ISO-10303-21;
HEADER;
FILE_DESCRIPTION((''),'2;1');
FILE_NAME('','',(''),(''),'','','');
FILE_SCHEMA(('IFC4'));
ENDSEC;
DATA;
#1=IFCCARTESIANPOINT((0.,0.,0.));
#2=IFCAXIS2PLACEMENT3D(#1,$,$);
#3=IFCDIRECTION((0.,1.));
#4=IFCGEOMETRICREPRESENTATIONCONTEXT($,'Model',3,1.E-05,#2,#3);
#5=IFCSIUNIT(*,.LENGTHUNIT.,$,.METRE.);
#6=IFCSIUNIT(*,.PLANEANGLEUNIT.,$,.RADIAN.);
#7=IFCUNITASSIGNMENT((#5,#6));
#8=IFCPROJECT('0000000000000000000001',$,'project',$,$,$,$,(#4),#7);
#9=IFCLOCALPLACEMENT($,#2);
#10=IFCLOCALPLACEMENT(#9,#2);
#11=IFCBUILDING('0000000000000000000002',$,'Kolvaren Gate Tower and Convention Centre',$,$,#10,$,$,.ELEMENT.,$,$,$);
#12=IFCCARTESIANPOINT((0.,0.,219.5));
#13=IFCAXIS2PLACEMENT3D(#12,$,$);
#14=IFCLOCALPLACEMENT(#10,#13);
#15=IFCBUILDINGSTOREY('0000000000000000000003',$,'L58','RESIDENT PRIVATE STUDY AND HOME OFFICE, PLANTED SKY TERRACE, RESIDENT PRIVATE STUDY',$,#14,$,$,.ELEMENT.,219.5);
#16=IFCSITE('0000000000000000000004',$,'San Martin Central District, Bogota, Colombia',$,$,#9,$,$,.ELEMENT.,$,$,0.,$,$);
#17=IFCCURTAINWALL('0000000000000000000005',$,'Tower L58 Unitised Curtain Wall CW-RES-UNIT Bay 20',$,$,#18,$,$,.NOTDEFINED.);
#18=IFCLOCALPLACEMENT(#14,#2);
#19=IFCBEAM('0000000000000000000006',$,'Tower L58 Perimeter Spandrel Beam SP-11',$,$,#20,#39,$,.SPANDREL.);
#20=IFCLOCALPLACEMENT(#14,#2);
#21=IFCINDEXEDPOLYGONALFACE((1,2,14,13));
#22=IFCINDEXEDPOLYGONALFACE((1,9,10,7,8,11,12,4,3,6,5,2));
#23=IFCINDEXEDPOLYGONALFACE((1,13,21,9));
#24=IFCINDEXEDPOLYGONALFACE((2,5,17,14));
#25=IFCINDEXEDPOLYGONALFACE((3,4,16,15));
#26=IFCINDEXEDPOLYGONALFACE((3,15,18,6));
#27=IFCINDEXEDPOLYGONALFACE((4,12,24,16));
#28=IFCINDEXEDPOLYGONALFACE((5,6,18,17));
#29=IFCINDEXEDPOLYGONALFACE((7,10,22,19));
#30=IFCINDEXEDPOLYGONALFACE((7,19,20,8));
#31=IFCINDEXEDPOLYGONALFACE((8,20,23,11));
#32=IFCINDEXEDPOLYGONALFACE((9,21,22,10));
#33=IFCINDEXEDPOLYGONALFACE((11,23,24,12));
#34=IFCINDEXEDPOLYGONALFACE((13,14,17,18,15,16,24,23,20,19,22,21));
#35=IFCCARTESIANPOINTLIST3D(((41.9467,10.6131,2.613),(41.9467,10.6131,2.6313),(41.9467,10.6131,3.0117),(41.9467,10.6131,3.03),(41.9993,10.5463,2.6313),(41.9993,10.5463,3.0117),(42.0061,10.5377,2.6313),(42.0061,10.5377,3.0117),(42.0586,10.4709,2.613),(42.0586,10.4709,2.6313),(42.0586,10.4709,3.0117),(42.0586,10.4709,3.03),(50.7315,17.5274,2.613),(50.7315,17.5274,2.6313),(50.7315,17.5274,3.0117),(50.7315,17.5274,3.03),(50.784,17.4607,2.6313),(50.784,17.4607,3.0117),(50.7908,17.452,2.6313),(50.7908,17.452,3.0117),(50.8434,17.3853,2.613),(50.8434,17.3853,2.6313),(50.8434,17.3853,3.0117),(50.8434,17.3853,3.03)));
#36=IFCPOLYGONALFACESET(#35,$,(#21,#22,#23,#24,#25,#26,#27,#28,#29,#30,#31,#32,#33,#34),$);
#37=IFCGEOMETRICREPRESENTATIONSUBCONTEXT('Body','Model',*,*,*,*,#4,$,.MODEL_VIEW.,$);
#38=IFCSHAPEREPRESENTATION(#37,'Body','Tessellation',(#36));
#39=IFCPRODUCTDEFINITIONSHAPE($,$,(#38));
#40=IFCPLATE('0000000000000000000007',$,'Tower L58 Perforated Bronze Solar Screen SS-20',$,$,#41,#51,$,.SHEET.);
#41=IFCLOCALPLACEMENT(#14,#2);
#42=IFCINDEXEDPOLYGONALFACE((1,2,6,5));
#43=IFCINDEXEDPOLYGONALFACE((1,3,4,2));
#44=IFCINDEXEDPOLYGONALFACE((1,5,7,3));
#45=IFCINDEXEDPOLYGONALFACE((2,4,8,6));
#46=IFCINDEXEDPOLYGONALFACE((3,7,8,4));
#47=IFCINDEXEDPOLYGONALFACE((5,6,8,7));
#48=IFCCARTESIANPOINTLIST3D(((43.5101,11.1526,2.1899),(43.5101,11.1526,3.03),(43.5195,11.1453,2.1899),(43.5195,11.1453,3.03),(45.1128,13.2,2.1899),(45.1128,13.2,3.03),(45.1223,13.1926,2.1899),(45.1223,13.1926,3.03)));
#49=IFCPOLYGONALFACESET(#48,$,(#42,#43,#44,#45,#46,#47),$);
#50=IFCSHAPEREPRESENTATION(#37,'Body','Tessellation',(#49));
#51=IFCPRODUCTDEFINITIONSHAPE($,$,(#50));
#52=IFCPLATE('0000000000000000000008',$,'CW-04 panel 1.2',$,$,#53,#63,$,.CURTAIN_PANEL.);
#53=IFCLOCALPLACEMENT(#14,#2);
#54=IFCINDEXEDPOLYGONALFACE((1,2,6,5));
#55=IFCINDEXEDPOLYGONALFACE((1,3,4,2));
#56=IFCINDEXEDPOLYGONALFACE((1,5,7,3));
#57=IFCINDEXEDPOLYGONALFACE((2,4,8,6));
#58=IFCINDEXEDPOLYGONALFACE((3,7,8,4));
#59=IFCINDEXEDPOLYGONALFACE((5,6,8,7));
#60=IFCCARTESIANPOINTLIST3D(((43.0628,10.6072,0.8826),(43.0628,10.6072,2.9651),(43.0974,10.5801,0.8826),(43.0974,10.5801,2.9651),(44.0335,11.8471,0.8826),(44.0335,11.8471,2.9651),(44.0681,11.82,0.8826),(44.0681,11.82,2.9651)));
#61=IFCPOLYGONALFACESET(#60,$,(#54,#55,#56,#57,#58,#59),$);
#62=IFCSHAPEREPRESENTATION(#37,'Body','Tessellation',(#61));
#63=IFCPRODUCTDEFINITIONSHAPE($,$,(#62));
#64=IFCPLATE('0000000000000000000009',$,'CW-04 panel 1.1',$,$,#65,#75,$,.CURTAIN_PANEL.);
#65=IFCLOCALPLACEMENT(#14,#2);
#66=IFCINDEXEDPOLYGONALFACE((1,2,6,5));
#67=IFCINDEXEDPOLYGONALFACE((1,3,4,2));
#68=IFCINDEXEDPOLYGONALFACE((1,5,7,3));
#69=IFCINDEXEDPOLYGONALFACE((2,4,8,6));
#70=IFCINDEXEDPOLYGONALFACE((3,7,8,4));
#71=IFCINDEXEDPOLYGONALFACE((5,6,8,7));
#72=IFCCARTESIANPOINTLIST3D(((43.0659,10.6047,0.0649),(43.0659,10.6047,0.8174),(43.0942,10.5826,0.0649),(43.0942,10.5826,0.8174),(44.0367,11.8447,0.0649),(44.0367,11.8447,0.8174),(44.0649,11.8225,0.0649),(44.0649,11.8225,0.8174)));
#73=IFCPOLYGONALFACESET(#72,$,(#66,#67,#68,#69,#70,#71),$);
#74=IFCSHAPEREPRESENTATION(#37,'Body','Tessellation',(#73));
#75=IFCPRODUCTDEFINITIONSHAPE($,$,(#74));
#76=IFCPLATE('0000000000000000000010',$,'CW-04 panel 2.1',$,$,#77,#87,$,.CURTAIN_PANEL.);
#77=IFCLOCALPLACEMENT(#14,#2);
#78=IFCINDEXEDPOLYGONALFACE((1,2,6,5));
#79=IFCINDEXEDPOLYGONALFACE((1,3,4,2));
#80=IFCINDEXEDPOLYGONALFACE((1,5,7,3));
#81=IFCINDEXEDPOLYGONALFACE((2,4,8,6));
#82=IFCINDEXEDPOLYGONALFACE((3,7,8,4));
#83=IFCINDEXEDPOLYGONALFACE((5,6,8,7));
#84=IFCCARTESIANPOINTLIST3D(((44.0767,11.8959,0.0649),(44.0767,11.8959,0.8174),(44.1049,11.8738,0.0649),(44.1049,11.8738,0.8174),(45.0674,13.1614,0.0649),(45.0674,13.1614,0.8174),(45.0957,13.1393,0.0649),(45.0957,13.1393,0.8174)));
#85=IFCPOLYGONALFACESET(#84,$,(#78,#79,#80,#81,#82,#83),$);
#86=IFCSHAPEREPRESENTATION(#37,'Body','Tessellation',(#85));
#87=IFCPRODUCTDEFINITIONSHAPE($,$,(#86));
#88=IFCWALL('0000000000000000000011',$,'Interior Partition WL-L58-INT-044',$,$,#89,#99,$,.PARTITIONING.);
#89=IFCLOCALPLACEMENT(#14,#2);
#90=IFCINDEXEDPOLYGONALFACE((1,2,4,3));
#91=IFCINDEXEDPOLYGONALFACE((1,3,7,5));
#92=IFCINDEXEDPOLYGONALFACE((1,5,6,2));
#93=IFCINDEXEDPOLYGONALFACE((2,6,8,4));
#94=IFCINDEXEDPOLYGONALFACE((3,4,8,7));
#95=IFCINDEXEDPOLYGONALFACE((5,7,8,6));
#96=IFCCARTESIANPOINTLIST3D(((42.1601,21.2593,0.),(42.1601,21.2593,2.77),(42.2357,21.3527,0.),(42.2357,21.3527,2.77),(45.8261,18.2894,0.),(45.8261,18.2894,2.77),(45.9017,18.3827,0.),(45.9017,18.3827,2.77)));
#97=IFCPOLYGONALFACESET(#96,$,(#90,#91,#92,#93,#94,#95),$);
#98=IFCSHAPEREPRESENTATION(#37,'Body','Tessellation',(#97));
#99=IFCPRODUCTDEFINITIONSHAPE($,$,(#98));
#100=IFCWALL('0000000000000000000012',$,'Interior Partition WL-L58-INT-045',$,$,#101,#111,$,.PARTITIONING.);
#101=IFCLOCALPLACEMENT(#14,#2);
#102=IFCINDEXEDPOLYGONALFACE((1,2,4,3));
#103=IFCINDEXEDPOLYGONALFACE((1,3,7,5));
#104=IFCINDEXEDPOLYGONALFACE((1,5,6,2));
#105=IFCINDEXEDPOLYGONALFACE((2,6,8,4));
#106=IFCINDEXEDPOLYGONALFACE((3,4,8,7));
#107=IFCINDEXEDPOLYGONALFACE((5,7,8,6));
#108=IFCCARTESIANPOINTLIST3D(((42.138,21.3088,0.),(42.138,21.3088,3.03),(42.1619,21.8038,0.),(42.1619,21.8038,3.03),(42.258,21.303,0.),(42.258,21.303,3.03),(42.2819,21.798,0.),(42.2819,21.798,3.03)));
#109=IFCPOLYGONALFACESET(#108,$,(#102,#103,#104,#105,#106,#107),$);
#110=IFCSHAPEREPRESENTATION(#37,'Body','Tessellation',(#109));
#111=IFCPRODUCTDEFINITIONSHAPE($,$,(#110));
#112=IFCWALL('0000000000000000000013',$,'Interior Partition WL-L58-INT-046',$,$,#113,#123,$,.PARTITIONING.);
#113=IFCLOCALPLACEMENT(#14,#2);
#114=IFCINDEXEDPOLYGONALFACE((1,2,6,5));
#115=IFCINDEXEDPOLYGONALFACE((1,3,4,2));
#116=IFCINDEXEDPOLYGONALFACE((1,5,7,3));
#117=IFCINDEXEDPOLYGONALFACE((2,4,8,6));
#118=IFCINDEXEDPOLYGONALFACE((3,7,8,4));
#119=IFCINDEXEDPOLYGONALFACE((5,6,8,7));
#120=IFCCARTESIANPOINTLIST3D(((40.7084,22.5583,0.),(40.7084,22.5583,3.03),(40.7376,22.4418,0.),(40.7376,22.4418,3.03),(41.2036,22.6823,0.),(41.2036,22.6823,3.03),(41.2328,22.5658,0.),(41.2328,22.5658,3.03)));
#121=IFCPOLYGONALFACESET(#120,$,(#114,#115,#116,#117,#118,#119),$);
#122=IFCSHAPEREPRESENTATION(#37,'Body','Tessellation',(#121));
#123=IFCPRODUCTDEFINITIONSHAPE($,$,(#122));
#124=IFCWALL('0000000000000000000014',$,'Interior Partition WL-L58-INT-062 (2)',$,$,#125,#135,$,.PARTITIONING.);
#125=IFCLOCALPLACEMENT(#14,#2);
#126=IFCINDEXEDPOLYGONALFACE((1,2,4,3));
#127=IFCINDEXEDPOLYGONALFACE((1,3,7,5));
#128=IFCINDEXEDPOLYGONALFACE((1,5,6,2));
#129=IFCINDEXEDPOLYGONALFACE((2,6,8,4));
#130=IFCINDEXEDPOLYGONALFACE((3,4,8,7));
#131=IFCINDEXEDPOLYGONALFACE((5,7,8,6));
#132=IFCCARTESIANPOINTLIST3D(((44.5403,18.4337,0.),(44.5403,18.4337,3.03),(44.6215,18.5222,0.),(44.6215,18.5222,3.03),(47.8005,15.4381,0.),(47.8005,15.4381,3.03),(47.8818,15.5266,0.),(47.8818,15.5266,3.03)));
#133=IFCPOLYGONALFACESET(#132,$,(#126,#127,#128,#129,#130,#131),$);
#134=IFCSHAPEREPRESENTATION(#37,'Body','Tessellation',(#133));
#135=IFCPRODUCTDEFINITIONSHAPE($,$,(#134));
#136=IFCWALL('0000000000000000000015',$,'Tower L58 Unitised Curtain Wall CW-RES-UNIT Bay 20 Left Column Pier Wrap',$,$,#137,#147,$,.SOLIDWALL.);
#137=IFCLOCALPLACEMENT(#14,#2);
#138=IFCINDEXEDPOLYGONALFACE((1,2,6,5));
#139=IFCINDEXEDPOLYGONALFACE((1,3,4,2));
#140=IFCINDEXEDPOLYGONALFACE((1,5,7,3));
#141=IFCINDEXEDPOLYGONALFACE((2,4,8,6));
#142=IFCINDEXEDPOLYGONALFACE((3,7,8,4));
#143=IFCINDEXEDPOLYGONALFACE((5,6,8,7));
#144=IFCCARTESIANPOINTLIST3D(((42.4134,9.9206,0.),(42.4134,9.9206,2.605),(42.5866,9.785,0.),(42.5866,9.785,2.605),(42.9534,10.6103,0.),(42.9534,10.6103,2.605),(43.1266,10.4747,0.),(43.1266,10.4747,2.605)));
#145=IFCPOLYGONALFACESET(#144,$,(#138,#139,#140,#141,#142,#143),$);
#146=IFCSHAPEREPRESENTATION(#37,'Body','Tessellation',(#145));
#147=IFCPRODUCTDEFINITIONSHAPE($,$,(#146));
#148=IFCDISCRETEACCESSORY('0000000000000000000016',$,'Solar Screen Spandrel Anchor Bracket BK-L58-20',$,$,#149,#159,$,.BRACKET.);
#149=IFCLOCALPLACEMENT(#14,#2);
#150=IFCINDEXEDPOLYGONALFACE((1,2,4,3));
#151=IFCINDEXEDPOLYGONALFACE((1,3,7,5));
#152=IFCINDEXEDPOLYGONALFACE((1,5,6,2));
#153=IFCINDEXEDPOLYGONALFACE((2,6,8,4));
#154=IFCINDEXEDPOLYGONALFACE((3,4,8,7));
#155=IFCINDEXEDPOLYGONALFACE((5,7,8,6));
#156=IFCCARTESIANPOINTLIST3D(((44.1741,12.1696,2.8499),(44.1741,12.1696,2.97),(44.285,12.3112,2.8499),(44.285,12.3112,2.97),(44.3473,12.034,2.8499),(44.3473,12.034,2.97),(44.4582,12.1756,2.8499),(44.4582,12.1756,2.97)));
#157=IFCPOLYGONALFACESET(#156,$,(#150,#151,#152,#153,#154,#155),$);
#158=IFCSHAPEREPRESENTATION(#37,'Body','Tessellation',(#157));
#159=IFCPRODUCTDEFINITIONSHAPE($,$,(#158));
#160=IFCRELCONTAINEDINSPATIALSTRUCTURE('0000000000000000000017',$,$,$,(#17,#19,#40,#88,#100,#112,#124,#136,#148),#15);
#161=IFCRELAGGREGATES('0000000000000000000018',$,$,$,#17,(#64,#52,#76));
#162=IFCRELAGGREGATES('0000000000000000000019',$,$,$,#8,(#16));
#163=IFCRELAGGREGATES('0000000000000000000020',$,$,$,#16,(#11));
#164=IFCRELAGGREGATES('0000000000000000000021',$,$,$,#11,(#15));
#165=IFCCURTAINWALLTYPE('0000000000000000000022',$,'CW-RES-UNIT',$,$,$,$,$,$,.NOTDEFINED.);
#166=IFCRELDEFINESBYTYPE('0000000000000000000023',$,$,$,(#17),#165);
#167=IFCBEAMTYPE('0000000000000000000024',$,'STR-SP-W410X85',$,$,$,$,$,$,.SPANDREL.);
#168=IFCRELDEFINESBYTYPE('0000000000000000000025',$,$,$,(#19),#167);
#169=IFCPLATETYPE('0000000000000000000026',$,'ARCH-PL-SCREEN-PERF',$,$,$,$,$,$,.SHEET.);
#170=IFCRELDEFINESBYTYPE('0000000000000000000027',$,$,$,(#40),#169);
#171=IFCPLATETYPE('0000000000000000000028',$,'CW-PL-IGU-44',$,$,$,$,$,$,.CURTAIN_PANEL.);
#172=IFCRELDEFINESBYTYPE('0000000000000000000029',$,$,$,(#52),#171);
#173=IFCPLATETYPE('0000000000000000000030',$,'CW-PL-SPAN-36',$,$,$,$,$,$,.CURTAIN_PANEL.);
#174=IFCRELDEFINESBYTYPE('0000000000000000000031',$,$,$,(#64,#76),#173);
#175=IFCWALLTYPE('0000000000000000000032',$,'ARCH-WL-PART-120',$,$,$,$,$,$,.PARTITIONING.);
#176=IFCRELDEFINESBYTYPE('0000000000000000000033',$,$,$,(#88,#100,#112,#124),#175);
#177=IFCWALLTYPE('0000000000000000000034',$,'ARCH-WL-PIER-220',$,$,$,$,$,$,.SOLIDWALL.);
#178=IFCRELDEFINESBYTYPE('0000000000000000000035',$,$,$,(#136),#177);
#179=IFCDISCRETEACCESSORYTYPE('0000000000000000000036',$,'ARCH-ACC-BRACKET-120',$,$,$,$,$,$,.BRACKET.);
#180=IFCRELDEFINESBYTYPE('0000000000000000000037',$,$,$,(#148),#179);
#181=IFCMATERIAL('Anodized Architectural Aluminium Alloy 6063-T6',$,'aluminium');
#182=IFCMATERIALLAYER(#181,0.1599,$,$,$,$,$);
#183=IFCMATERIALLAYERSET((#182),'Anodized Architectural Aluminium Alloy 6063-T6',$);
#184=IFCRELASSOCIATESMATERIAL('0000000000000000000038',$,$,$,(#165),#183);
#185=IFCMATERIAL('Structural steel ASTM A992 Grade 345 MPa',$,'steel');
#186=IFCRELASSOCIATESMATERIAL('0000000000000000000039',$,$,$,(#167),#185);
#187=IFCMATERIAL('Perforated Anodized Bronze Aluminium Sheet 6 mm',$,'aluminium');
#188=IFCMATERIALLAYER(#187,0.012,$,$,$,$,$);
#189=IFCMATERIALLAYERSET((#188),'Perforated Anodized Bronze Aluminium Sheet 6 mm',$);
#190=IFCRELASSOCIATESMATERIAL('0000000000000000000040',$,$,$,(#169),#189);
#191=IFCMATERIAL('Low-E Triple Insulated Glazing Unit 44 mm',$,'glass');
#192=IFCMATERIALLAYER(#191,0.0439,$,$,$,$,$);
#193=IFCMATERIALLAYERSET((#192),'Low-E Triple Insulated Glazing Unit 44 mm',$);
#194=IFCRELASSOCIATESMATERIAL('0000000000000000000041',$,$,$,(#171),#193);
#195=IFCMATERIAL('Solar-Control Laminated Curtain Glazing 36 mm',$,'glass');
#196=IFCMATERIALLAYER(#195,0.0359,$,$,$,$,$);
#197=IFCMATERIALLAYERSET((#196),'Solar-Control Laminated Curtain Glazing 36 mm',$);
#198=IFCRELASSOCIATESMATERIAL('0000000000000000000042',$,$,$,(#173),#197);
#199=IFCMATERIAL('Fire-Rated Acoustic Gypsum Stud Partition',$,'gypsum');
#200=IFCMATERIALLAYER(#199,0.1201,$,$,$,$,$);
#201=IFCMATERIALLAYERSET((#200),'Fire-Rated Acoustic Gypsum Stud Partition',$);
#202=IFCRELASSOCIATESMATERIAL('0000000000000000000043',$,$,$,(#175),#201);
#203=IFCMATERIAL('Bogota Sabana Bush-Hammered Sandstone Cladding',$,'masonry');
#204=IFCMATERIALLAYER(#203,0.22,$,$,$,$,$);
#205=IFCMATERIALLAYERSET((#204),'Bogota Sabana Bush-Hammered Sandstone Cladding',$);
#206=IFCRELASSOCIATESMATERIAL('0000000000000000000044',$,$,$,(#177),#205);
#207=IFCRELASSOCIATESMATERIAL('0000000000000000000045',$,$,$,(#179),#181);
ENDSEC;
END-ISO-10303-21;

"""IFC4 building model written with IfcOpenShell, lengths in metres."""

from ifc_helpers import new_model, si_unit, direction, frame, frame_2d, origin, origin_2d, place, context, subcontext, project, spatial, rectangle, i_section, extrude, material, layer, layer_set, material_profile, profile_set, type_object, element, aggregate, save


model = new_model("IFC4")

# Units and contexts
model_context = context("Model", 3, precision=1e-05, world=origin(), true_north=direction((0.0, 1.0)))
body_context = subcontext(model_context, "Body", "Model", "MODEL_VIEW")
ifc_project = project(units=[si_unit("LENGTHUNIT", "METRE"), si_unit("PLANEANGLEUNIT", "RADIAN")], contexts=[model_context])

# Site, building, storey
site_placement = place(None, origin())
site = spatial("IfcSite", under=ifc_project, at=site_placement, Name="San Martin Central District, Bogota, Colombia", CompositionType="ELEMENT", RefElevation=0.0)
building_placement = place(site_placement, origin())
building = spatial("IfcBuilding", under=site, at=building_placement, Name="Kolvaren Gate Tower and Convention Centre", CompositionType="ELEMENT")
storey_placement = place(building_placement, frame((0.0, 0.0, 219.5)))
storey = spatial("IfcBuildingStorey", under=building, at=storey_placement, Name="L58", Description="RESIDENT PRIVATE STUDY AND HOME OFFICE, PLANTED SKY TERRACE, RESIDENT PRIVATE STUDY", CompositionType="ELEMENT", Elevation=219.5)

# Curtain wall
ifc_material_1 = material(Name="Anodized Architectural Aluminium Alloy 6063-T6", Category="aluminium")
ifc_layer_1 = layer(ifc_material_1, 0.1599)
ifc_layer_set_1 = layer_set([ifc_layer_1], Name="Anodized Architectural Aluminium Alloy 6063-T6")
curtain_wall_type = type_object("IfcCurtainWallType", Name="CW-RES-UNIT", PredefinedType="NOTDEFINED", material=ifc_layer_set_1)
curtain_wall_placement = place(storey_placement, origin())
curtain_wall = element("IfcCurtainWall", 1, at=curtain_wall_placement, inside=storey, type_object=curtain_wall_type, Name="Tower L58 Unitised Curtain Wall CW-RES-UNIT Bay 20", PredefinedType="NOTDEFINED")

# Beam
ifc_material_2 = material(Name="Structural steel ASTM A992 Grade 345 MPa", Category="steel")
ifc_material_profile_1 = material_profile(ifc_material_2, i_section(OverallWidth=0.1809, OverallDepth=0.417, WebThickness=0.011, FlangeThickness=0.0183, at=origin_2d()), Name="W410X85")
ifc_profile_set_1 = profile_set([ifc_material_profile_1], Name="Structural steel ASTM A992 Grade 345 MPa")
beam_type_1 = type_object("IfcBeamType", Name="STR-SP-W410X85", PredefinedType="SPANDREL", material=ifc_profile_set_1)
beam_1_placement = place(storey_placement, frame((42.0027, 10.542, 2.8215), z_axis=(0.785794, 0.618489, 0.0), x_axis=(-0.618489, 0.785794, 0.0)))
element("IfcBeam", 2, at=beam_1_placement, inside=storey, type_object=beam_type_1, Name="Tower L58 Perimeter Spandrel Beam SP-11", PredefinedType="SPANDREL", context=body_context, shape_type="SweptSolid", body=[
    extrude(i_section(OverallWidth=0.1809, OverallDepth=0.417, WebThickness=0.011, FlangeThickness=0.0183, at=origin_2d()), origin(), (0.0, 0.0, 1.0), 11.1794),
])

# Plates
ifc_material_3 = material(Name="Perforated Anodized Bronze Aluminium Sheet 6 mm", Category="aluminium")
ifc_layer_2 = layer(ifc_material_3, 0.012)
ifc_layer_set_2 = layer_set([ifc_layer_2], Name="Perforated Anodized Bronze Aluminium Sheet 6 mm")
plate_type_1 = type_object("IfcPlateType", Name="ARCH-PL-SCREEN-PERF", PredefinedType="SHEET", material=ifc_layer_set_2)
plate_1_placement = place(storey_placement, frame((44.3162, 12.1726, 2.1899), z_axis=(0.0, 0.0, 1.0), x_axis=(0.616434, 0.787406, 0.0)))
element("IfcPlate", 3, at=plate_1_placement, inside=storey, type_object=plate_type_1, Name="Tower L58 Perforated Bronze Solar Screen SS-20", PredefinedType="SHEET", context=body_context, shape_type="SweptSolid", body=[
    extrude(rectangle(XDim=2.6001, YDim=0.012, at=origin_2d()), origin(), (0.0, 0.0, 1.0), 0.8401),
])
ifc_material_4 = material(Name="Low-E Triple Insulated Glazing Unit 44 mm", Category="glass")
ifc_layer_3 = layer(ifc_material_4, 0.0439)
ifc_layer_set_3 = layer_set([ifc_layer_3], Name="Low-E Triple Insulated Glazing Unit 44 mm")
plate_type_2 = type_object("IfcPlateType", Name="CW-PL-IGU-44", PredefinedType="CURTAIN_PANEL", material=ifc_layer_set_3)
plate_2_placement = place(storey_placement, frame((43.5654, 11.2136, 0.8826), z_axis=(0.0, 0.0, 1.0), x_axis=(0.616437, 0.787404, 0.0)))
plate_2 = element("IfcPlate", 4, at=plate_2_placement, type_object=plate_type_2, Name="CW-04 panel 1.2", PredefinedType="CURTAIN_PANEL", context=body_context, shape_type="SweptSolid", body=[
    extrude(rectangle(XDim=1.5747, YDim=0.0439, at=origin_2d()), origin(), (0.0, 0.0, 1.0), 2.0825),
])
ifc_material_5 = material(Name="Solar-Control Laminated Curtain Glazing 36 mm", Category="glass")
ifc_layer_4 = layer(ifc_material_5, 0.0359)
ifc_layer_set_4 = layer_set([ifc_layer_4], Name="Solar-Control Laminated Curtain Glazing 36 mm")
plate_type_3 = type_object("IfcPlateType", Name="CW-PL-SPAN-36", PredefinedType="CURTAIN_PANEL", material=ifc_layer_set_4)
plate_3_placement = place(storey_placement, frame((43.5654, 11.2136, 0.0649), z_axis=(0.0, 0.0, 1.0), x_axis=(0.616437, 0.787404, 0.0)))
plate_3 = element("IfcPlate", 5, at=plate_3_placement, type_object=plate_type_3, Name="CW-04 panel 1.1", PredefinedType="CURTAIN_PANEL", context=body_context, shape_type="SweptSolid", body=[
    extrude(rectangle(XDim=1.5747, YDim=0.0359, at=origin_2d()), origin(), (0.0, 0.0, 1.0), 0.7524),
])
plate_4_placement = place(storey_placement, frame((44.5862, 12.5176, 0.0649), z_axis=(0.0, 0.0, 1.0), x_axis=(0.616437, 0.787404, 0.0)))
plate_4 = element("IfcPlate", 6, at=plate_4_placement, type_object=plate_type_3, Name="CW-04 panel 2.1", PredefinedType="CURTAIN_PANEL", context=body_context, shape_type="SweptSolid", body=[
    extrude(rectangle(XDim=1.6072, YDim=0.0359, at=origin_2d()), origin(), (0.0, 0.0, 1.0), 0.7524),
])
aggregate(curtain_wall, [plate_3, plate_2, plate_4])

# Walls
ifc_material_6 = material(Name="Fire-Rated Acoustic Gypsum Stud Partition", Category="gypsum")
ifc_layer_5 = layer(ifc_material_6, 0.1201)
ifc_layer_set_5 = layer_set([ifc_layer_5], Name="Fire-Rated Acoustic Gypsum Stud Partition")
wall_type_1 = type_object("IfcWallType", Name="ARCH-WL-PART-120", PredefinedType="PARTITIONING", material=ifc_layer_set_5)
wall_1_placement = place(storey_placement, frame((42.198, 21.3059, 0.0), z_axis=(0.0, 0.0, 1.0), x_axis=(0.777012, -0.629485, 0.0)))
element("IfcWall", 7, at=wall_1_placement, inside=storey, type_object=wall_type_1, Name="Interior Partition WL-L58-INT-044", PredefinedType="PARTITIONING", context=body_context, shape_type="SweptSolid", body=[
    extrude(rectangle(XDim=4.718, YDim=0.1201, at=frame_2d((2.3589, 0.0))), origin(), (0.0, 0.0, 1.0), 2.77),
])
wall_2_placement = place(storey_placement, frame((42.198, 21.3059, 0.0), z_axis=(0.0, 0.0, 1.0), x_axis=(0.048267, 0.998834, 0.0)))
element("IfcWall", 8, at=wall_2_placement, inside=storey, type_object=wall_type_1, Name="Interior Partition WL-L58-INT-045", PredefinedType="PARTITIONING", context=body_context, shape_type="SweptSolid", body=[
    extrude(rectangle(XDim=0.4956, YDim=0.1201, at=frame_2d((0.2478, 0.0))), origin(), (0.0, 0.0, 1.0), 3.03),
])
wall_3_placement = place(storey_placement, frame((40.7229, 22.5, 0.0), z_axis=(0.0, 0.0, 1.0), x_axis=(0.97003, 0.242986, 0.0)))
element("IfcWall", 9, at=wall_3_placement, inside=storey, type_object=wall_type_1, Name="Interior Partition WL-L58-INT-046", PredefinedType="PARTITIONING", context=body_context, shape_type="SweptSolid", body=[
    extrude(rectangle(XDim=0.5105, YDim=0.1201, at=frame_2d((0.2554, 0.0))), origin(), (0.0, 0.0, 1.0), 3.03),
])
wall_4_placement = place(storey_placement, frame((44.5808, 18.478, 0.0), z_axis=(0.0, 0.0, 1.0), x_axis=(0.736362, -0.676588, 0.0)))
element("IfcWall", 10, at=wall_4_placement, inside=storey, type_object=wall_type_1, Name="Interior Partition WL-L58-INT-062 (2)", PredefinedType="PARTITIONING", context=body_context, shape_type="SweptSolid", body=[
    extrude(rectangle(XDim=4.4275, YDim=0.1201, at=frame_2d((2.2139, 0.0))), origin(), (0.0, 0.0, 1.0), 3.03),
])
ifc_material_7 = material(Name="Bogota Sabana Bush-Hammered Sandstone Cladding", Category="masonry")
ifc_layer_6 = layer(ifc_material_7, 0.22)
ifc_layer_set_6 = layer_set([ifc_layer_6], Name="Bogota Sabana Bush-Hammered Sandstone Cladding")
wall_type_2 = type_object("IfcWallType", Name="ARCH-WL-PIER-220", PredefinedType="SOLIDWALL", material=ifc_layer_set_6)
wall_5_placement = place(storey_placement, frame((42.5, 9.8528, 0.0), z_axis=(0.0, 0.0, 1.0), x_axis=(0.616504, 0.787352, 0.0)))
element("IfcWall", 11, at=wall_5_placement, inside=storey, type_object=wall_type_2, Name="Tower L58 Unitised Curtain Wall CW-RES-UNIT Bay 20 Left Column Pier Wrap", PredefinedType="SOLIDWALL", context=body_context, shape_type="SweptSolid", body=[
    extrude(rectangle(XDim=0.876, YDim=0.22, at=frame_2d((0.438, 0.0))), origin(), (0.0, 0.0, 1.0), 2.605),
])

# Discrete accessory
discrete_accessory_type = type_object("IfcDiscreteAccessoryType", Name="ARCH-ACC-BRACKET-120", PredefinedType="BRACKET", material=ifc_material_1)
discrete_accessory_placement = place(storey_placement, frame((44.3162, 12.1726, 2.8499), z_axis=(0.0, 0.0, 1.0), x_axis=(0.616434, 0.787406, 0.0)))
element("IfcDiscreteAccessory", 12, at=discrete_accessory_placement, inside=storey, type_object=discrete_accessory_type, Name="Solar Screen Spandrel Anchor Bracket BK-L58-20", PredefinedType="BRACKET", context=body_context, shape_type="SweptSolid", body=[
    extrude(rectangle(XDim=0.1799, YDim=0.22, at=origin_2d()), origin(), (0.0, 0.0, 1.0), 0.1201),
])

save(model, "model.ifc")
